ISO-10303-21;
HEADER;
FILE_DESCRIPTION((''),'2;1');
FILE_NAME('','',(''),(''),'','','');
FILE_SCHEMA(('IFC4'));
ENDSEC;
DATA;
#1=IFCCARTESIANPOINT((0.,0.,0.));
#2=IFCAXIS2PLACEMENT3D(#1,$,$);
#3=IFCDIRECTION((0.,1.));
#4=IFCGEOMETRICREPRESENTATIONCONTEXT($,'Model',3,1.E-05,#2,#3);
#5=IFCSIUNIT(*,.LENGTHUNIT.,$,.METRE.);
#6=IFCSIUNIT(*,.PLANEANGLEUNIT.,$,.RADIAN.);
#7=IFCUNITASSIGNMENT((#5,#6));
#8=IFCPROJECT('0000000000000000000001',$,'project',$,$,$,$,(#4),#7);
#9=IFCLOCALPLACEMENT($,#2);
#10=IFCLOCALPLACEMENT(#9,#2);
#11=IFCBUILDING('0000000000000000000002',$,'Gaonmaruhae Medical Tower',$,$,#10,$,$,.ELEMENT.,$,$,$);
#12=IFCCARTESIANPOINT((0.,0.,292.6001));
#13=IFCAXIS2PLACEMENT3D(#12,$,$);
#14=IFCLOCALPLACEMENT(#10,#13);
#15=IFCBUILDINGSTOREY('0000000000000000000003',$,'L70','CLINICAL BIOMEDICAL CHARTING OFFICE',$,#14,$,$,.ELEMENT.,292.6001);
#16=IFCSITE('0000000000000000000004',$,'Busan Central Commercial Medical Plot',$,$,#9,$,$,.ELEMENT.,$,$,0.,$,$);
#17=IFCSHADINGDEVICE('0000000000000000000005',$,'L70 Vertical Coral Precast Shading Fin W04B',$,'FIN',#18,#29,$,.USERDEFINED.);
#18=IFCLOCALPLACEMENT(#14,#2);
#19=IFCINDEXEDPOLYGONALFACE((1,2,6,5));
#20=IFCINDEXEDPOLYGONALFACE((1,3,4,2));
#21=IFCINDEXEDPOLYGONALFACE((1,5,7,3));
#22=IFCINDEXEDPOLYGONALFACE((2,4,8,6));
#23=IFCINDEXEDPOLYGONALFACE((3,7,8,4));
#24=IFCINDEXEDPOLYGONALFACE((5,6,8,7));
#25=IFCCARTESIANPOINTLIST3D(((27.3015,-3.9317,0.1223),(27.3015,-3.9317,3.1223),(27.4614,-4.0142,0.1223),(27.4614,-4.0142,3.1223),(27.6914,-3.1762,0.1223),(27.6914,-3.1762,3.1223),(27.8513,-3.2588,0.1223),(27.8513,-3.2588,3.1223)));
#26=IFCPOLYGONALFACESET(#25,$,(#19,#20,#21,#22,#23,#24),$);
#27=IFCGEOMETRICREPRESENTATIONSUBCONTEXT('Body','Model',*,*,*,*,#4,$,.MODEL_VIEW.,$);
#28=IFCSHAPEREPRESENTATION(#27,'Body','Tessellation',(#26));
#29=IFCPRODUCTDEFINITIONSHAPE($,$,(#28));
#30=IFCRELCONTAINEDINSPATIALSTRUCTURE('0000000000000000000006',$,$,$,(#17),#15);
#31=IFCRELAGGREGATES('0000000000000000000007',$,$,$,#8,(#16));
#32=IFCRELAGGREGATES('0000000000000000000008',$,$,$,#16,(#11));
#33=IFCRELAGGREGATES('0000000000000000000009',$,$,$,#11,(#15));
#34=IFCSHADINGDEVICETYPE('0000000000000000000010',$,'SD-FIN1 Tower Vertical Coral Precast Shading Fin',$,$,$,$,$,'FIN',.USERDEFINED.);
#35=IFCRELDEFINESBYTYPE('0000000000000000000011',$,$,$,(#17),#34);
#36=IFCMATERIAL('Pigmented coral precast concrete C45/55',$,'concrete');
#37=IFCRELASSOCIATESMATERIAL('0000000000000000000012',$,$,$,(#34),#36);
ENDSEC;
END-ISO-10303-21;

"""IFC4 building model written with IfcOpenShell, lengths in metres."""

from ifc_helpers import new_model, si_unit, direction, frame, origin, origin_2d, place, context, subcontext, project, spatial, rectangle, extrude, material, type_object, element, save


model = new_model("IFC4")

# Units and contexts
model_context = context("Model", 3, precision=1e-05, world=origin(), true_north=direction((0.0, 1.0)))
body_context = subcontext(model_context, "Body", "Model", "MODEL_VIEW")
ifc_project = project(units=[si_unit("LENGTHUNIT", "METRE"), si_unit("PLANEANGLEUNIT", "RADIAN")], contexts=[model_context])

# Site, building, storey
site_placement = place(None, origin())
site = spatial("IfcSite", under=ifc_project, at=site_placement, Name="Busan Central Commercial Medical Plot", CompositionType="ELEMENT", RefElevation=0.0)
building_placement = place(site_placement, origin())
building = spatial("IfcBuilding", under=site, at=building_placement, Name="Gaonmaruhae Medical Tower", CompositionType="ELEMENT")
storey_placement = place(building_placement, frame((0.0, 0.0, 292.6001)))
storey = spatial("IfcBuildingStorey", under=building, at=storey_placement, Name="L70", Description="CLINICAL BIOMEDICAL CHARTING OFFICE", CompositionType="ELEMENT", Elevation=292.6001)

# Shading device
ifc_material_1 = material(Name="Pigmented coral precast concrete C45/55", Category="concrete")
shading_device_type = type_object("IfcShadingDeviceType", Name="SD-FIN1 Tower Vertical Coral Precast Shading Fin", ElementType="FIN", PredefinedType="USERDEFINED", material=ifc_material_1)
for number, where, z_axis, x_axis, name in (
    (1, (27.5764, -3.5952, 0.1223), (0.0, 0.0, 1.0), (-0.888625, 0.458634, 0.0), "L70 Vertical Coral Precast Shading Fin W04B"),
):
    element("IfcShadingDevice", number, at=place(storey_placement, frame(where, z_axis=z_axis, x_axis=x_axis)), inside=storey, type_object=shading_device_type, Name=name, ObjectType="FIN", PredefinedType="USERDEFINED", context=body_context, shape_type="SweptSolid", body=[
        extrude(rectangle(XDim=0.1799, YDim=0.8501, at=origin_2d()), origin(), (0.0, 0.0, 1.0), 3.0),
    ])

save(model, "model.ifc")
